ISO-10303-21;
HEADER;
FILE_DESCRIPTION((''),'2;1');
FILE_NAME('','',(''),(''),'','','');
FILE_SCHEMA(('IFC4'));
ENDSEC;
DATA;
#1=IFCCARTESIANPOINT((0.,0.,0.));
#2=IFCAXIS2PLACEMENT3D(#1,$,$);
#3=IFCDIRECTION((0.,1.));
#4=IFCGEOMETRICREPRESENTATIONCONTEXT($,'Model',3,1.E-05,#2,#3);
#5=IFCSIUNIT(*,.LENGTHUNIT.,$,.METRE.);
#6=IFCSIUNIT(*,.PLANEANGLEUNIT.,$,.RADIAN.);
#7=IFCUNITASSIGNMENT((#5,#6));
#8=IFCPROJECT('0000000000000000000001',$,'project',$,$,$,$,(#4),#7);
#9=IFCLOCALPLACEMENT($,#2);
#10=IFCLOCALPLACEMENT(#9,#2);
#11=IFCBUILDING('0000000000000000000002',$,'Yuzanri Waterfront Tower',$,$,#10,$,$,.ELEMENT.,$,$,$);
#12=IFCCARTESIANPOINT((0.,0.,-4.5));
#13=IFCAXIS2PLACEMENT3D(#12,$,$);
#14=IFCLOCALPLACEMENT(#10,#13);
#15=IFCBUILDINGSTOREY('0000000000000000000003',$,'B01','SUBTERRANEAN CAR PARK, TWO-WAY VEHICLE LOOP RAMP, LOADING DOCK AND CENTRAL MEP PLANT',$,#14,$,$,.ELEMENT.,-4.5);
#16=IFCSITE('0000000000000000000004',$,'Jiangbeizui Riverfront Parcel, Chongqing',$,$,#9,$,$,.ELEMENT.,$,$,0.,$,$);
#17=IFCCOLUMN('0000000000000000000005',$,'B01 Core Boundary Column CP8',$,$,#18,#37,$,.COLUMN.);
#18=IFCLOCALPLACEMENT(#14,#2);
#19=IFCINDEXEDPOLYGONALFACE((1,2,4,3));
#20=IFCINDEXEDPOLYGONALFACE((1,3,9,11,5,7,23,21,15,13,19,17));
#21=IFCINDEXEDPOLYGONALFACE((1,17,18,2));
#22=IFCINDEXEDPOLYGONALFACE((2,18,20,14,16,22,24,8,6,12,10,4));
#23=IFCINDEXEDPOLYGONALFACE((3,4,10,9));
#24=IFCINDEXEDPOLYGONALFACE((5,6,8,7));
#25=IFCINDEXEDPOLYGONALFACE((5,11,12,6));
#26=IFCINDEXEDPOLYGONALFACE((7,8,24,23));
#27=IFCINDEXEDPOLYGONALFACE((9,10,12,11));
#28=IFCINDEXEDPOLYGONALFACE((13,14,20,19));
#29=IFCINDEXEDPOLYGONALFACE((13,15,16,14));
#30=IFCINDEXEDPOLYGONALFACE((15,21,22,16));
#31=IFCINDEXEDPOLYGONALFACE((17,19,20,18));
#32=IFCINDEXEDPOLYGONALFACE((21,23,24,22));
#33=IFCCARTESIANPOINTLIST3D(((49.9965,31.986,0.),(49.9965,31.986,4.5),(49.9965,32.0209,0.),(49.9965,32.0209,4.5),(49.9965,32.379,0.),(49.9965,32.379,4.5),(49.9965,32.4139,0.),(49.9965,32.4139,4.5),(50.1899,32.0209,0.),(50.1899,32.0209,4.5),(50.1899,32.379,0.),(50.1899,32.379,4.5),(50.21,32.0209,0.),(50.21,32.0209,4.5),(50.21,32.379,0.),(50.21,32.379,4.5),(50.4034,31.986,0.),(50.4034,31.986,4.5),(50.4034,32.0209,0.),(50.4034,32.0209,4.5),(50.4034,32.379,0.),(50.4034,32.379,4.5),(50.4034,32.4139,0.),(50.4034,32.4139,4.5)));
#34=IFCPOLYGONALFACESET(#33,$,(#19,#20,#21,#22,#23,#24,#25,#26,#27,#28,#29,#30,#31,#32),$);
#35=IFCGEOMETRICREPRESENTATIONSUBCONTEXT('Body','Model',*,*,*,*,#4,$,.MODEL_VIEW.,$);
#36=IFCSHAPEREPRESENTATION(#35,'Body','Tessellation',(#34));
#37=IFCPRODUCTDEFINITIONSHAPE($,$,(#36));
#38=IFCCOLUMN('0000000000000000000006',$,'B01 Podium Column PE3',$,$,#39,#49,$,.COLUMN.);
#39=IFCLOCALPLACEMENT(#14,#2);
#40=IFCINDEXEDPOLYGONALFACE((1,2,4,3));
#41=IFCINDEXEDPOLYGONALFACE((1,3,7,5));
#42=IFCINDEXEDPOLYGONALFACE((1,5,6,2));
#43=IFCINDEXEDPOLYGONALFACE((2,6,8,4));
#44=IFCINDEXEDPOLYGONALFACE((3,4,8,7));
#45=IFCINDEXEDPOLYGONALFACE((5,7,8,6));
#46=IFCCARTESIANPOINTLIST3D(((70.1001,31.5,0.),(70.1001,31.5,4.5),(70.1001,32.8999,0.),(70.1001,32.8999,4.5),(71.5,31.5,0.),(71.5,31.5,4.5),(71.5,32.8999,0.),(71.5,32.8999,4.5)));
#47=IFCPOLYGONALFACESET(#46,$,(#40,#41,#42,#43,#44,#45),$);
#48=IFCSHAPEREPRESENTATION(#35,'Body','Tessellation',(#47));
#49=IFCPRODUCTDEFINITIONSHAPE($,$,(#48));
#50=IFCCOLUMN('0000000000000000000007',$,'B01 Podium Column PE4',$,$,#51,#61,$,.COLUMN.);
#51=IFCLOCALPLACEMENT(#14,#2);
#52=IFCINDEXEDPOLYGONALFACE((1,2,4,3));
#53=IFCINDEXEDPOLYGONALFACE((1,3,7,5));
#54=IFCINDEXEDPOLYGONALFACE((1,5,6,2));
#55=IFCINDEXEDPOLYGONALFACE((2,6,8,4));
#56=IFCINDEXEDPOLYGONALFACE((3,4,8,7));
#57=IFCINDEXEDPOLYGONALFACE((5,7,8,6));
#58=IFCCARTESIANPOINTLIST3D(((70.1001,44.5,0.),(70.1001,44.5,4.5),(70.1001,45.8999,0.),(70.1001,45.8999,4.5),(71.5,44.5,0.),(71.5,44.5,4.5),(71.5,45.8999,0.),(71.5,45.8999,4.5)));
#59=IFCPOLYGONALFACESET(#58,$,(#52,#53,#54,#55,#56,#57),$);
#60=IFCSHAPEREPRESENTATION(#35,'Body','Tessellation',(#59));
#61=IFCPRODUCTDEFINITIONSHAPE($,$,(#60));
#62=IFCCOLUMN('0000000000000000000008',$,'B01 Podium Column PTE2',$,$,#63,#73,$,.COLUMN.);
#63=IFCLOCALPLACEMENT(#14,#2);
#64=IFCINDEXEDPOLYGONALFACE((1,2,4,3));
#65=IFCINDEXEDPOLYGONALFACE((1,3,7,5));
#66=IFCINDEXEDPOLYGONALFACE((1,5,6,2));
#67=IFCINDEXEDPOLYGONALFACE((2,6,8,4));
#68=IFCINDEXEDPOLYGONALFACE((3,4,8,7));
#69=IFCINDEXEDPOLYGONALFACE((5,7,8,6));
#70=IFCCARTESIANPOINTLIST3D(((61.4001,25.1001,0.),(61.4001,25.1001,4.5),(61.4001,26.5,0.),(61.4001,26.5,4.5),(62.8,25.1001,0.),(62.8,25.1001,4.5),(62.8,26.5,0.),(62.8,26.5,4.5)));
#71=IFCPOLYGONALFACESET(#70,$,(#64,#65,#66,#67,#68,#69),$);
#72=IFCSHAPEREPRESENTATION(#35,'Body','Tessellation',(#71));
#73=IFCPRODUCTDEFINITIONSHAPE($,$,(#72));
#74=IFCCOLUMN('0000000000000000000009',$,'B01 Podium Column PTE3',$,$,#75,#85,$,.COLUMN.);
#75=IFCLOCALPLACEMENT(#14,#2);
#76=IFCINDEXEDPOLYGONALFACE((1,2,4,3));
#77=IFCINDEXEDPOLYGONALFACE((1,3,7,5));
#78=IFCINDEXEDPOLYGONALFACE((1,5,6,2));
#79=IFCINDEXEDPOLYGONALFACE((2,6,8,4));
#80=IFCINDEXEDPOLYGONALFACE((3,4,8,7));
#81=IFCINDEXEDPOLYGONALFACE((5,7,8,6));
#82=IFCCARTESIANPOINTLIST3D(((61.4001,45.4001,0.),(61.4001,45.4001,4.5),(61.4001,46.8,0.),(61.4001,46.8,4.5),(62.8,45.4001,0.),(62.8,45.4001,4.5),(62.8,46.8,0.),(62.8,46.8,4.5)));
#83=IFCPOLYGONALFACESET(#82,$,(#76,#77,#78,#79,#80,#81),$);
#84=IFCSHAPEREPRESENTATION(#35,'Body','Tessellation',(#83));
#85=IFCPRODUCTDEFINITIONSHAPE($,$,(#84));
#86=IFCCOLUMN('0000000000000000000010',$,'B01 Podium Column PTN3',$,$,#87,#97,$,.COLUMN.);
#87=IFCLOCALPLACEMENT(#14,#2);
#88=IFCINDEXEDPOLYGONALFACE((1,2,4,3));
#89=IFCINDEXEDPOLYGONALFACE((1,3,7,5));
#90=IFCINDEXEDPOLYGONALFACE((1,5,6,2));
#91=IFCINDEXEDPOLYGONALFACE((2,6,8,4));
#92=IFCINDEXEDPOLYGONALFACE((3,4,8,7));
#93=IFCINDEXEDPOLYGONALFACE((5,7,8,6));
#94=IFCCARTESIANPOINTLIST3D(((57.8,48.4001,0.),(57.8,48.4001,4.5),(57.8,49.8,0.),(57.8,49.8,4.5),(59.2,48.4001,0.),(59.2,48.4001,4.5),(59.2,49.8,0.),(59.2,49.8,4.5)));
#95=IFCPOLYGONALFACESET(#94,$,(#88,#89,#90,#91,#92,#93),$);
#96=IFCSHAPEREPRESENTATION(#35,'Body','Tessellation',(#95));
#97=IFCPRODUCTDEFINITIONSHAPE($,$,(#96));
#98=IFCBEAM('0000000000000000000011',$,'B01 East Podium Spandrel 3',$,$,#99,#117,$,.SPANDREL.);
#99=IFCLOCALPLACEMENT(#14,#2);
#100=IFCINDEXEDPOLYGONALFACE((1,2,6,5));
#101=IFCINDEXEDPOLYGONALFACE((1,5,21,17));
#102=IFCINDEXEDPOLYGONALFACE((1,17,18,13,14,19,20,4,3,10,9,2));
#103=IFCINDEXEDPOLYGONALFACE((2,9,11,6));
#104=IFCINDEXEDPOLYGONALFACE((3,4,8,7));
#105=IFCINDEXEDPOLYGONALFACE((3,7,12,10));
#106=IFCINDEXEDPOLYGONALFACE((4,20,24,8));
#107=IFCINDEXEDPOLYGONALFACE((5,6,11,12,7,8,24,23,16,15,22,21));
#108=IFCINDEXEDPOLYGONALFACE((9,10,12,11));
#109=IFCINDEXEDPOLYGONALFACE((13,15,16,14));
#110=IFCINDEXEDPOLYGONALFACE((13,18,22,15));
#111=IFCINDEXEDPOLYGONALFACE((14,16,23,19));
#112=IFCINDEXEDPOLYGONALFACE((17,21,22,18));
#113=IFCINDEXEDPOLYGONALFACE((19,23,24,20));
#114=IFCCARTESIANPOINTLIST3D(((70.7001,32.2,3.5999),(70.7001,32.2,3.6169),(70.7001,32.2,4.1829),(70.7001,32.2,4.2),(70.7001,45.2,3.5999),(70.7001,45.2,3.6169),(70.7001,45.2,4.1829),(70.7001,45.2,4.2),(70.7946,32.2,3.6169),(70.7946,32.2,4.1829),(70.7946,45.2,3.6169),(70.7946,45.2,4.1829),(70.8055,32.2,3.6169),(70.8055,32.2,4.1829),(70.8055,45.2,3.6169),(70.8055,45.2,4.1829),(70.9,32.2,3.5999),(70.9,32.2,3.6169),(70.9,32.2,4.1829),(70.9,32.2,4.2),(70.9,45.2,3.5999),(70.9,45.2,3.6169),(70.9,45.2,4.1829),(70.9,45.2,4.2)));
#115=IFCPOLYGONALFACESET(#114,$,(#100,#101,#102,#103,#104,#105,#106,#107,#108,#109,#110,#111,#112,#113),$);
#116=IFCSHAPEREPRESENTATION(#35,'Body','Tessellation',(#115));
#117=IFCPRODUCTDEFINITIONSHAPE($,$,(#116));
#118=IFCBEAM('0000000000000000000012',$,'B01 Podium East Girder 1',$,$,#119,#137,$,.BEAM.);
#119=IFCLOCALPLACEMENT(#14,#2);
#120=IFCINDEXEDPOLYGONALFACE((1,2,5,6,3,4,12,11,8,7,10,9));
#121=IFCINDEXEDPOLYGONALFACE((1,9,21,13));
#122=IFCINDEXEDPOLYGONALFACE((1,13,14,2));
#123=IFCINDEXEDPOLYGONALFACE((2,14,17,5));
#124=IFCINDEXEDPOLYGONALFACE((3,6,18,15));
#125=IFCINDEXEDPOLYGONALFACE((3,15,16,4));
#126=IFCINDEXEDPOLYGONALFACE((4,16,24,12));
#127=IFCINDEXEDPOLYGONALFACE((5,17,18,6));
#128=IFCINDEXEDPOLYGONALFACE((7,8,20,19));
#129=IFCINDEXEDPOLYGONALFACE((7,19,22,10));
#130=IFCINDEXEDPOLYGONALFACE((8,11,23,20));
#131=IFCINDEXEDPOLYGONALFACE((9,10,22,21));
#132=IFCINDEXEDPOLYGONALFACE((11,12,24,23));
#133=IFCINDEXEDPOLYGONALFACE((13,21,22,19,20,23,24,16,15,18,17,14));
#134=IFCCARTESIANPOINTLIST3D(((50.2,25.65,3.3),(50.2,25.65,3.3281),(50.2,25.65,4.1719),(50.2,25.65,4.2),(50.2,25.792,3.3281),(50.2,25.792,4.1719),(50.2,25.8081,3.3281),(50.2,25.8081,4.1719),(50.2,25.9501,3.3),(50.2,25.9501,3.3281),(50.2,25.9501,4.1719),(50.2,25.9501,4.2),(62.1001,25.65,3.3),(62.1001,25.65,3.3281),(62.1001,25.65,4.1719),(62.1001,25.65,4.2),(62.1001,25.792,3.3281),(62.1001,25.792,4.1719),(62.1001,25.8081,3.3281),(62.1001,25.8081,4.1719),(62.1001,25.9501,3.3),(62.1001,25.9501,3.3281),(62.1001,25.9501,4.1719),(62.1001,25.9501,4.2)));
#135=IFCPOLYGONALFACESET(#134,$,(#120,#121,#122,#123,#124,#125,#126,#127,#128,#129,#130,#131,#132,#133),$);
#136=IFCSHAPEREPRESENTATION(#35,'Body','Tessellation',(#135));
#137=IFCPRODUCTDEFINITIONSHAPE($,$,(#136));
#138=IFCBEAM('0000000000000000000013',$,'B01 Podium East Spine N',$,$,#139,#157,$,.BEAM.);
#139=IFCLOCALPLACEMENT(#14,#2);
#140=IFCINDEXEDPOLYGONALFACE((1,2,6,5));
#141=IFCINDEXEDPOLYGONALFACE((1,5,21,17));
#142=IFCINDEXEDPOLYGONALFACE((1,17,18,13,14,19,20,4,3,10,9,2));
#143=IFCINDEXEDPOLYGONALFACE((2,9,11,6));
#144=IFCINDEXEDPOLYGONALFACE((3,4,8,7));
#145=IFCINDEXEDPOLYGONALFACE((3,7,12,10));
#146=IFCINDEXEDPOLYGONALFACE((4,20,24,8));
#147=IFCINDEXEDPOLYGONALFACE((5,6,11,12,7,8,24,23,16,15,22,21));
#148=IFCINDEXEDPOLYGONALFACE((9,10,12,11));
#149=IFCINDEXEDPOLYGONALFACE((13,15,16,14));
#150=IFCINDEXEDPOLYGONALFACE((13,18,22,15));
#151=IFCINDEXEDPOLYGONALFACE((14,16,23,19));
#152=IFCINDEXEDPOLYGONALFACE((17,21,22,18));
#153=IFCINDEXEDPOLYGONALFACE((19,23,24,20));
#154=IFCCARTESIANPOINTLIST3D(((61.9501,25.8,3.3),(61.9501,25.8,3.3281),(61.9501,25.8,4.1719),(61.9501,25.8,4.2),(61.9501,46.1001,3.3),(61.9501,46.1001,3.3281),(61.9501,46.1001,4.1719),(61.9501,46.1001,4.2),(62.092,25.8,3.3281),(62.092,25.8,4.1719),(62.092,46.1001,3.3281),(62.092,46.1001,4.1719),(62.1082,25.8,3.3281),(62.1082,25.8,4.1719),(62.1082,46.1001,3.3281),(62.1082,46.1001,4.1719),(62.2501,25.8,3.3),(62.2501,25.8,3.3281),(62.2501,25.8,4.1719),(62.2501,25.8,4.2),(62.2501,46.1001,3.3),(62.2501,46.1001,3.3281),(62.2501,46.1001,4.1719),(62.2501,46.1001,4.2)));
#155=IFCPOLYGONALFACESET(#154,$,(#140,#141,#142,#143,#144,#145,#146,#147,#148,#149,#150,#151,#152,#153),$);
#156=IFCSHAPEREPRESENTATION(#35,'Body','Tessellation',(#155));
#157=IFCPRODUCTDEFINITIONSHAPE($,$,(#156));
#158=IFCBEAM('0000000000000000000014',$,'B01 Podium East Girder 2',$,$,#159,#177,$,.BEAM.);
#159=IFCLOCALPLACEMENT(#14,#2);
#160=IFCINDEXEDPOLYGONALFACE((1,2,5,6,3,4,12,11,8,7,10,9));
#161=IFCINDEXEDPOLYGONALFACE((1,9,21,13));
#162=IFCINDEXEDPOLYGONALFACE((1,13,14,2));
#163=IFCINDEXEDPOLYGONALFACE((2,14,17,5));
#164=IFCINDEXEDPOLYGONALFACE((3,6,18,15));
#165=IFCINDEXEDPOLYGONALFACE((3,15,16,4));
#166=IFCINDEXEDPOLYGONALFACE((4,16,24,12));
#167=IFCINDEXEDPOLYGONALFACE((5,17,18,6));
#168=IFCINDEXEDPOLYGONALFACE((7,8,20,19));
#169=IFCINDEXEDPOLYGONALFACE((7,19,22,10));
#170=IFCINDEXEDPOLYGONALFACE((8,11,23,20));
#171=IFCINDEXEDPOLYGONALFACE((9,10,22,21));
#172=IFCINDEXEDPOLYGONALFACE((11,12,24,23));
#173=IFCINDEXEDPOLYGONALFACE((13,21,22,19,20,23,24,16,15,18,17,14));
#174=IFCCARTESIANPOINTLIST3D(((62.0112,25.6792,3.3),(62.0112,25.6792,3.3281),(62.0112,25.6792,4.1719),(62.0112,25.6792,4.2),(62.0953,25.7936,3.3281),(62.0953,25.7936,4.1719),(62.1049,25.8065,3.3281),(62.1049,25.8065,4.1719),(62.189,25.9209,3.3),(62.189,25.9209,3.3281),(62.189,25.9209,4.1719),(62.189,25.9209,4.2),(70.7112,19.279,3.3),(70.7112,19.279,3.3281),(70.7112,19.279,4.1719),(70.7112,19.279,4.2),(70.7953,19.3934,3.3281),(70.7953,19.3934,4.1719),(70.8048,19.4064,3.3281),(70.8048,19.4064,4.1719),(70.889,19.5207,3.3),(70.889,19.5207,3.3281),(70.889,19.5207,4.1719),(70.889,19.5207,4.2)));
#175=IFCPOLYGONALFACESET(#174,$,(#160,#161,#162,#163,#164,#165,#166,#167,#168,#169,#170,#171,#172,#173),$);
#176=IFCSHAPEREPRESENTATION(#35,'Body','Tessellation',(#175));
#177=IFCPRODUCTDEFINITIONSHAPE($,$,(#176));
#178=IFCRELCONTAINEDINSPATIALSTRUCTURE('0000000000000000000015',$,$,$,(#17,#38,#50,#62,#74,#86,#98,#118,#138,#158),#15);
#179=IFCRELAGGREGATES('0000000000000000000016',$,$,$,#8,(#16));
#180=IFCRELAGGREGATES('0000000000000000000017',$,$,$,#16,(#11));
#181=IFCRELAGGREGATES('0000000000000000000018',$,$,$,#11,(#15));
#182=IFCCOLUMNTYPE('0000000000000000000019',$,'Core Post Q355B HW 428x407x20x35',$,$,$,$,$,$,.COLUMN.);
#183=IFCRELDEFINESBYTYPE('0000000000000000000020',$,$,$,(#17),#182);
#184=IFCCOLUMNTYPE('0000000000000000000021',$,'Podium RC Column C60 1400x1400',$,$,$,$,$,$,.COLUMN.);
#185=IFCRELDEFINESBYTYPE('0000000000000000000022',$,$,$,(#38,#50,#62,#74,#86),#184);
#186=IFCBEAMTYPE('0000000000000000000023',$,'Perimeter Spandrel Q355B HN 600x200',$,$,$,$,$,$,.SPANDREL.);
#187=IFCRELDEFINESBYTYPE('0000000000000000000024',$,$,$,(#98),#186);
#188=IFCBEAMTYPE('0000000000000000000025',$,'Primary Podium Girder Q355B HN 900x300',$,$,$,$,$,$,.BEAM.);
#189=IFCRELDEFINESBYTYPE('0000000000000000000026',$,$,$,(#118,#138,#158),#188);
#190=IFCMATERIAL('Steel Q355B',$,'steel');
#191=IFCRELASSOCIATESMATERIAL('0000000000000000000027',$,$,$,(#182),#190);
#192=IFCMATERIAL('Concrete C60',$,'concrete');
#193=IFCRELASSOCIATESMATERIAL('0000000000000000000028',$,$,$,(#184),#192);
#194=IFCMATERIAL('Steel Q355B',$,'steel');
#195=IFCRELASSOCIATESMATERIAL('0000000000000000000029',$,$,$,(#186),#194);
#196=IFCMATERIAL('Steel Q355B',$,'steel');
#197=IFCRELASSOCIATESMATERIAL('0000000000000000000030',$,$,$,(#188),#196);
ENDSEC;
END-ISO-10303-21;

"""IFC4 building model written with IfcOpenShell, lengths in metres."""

from ifc_helpers import new_model, si_unit, direction, frame, origin, origin_2d, place, context, subcontext, project, spatial, rectangle, i_section, extrude, source, transform, mapped, material, material_profile, profile_set, type_object, element, save


model = new_model("IFC4")

# Units and contexts
model_context = context("Model", 3, precision=1e-05, world=origin(), true_north=direction((0.0, 1.0)))
body_context = subcontext(model_context, "Body", "Model", "MODEL_VIEW")
ifc_project = project(units=[si_unit("LENGTHUNIT", "METRE"), si_unit("PLANEANGLEUNIT", "RADIAN")], contexts=[model_context])

# Site, building, storey
site_placement = place(None, origin())
site = spatial("IfcSite", under=ifc_project, at=site_placement, Name="Jiangbeizui Riverfront Parcel, Chongqing", CompositionType="ELEMENT", RefElevation=0.0)
building_placement = place(site_placement, origin())
building = spatial("IfcBuilding", under=site, at=building_placement, Name="Yuzanri Waterfront Tower", CompositionType="ELEMENT")
storey_placement = place(building_placement, frame((0.0, 0.0, -4.5)))
storey = spatial("IfcBuildingStorey", under=building, at=storey_placement, Name="B01", Description="SUBTERRANEAN CAR PARK, TWO-WAY VEHICLE LOOP RAMP, LOADING DOCK AND CENTRAL MEP PLANT", CompositionType="ELEMENT", Elevation=-4.5)

# Columns
ifc_material_1 = material(Name="Steel Q355B", Category="steel")
ifc_material_profile_1 = material_profile(ifc_material_1, i_section(OverallWidth=0.407, OverallDepth=0.428, WebThickness=0.02, FlangeThickness=0.0349, at=origin_2d()), Name="HW 428x407x20x35")
ifc_profile_set_1 = profile_set([ifc_material_profile_1], Name="Steel Q355B")
column_type_1 = type_object("IfcColumnType", Name="Core Post Q355B HW 428x407x20x35", PredefinedType="COLUMN", material=ifc_profile_set_1)
shared_shape_1 = source(origin(), body_context, "Body", "SweptSolid", [
    extrude(i_section(OverallWidth=0.407, OverallDepth=0.428, WebThickness=0.02, FlangeThickness=0.0349, at=origin_2d()), origin(), (0.0, 0.0, 1.0), 4.5),
])
column_placement = place(storey_placement, frame((50.2, 32.2, 0.0), z_axis=(0.0, 0.0, 1.0), x_axis=(1.0, 0.0, 0.0)))
element("IfcColumn", 1, at=column_placement, inside=storey, type_object=column_type_1, Name="B01 Core Boundary Column CP8", PredefinedType="COLUMN", context=body_context, shape_type="MappedRepresentation", body=[
    mapped(shared_shape_1, transform((0.0, 0.0, 0.0), scale=1.0)),
])
ifc_material_2 = material(Name="Concrete C60", Category="concrete")
ifc_material_profile_2 = material_profile(ifc_material_2, rectangle(XDim=1.3999, YDim=1.3999, at=origin_2d()), Name="RC 1400x1400")
ifc_profile_set_2 = profile_set([ifc_material_profile_2], Name="Concrete C60")
column_type_2 = type_object("IfcColumnType", Name="Podium RC Column C60 1400x1400", PredefinedType="COLUMN", material=ifc_profile_set_2)
shared_shape_2 = source(origin(), body_context, "Body", "SweptSolid", [
    extrude(rectangle(XDim=1.3999, YDim=1.3999, at=origin_2d()), origin(), (0.0, 0.0, 1.0), 4.5),
])
for number, where, z_axis, x_axis, name in (
    (2, (70.8, 32.2, 0.0), (0.0, 0.0, 1.0), (1.0, 0.0, 0.0), "B01 Podium Column PE3"),
    (3, (70.8, 45.2, 0.0), (0.0, 0.0, 1.0), (1.0, 0.0, 0.0), "B01 Podium Column PE4"),
    (4, (62.1001, 25.8, 0.0), (0.0, 0.0, 1.0), (1.0, 0.0, 0.0), "B01 Podium Column PTE2"),
    (5, (62.1001, 46.1001, 0.0), (0.0, 0.0, 1.0), (1.0, 0.0, 0.0), "B01 Podium Column PTE3"),
    (6, (58.5, 49.1001, 0.0), (0.0, 0.0, 1.0), (1.0, 0.0, 0.0), "B01 Podium Column PTN3"),
):
    element("IfcColumn", number, at=place(storey_placement, frame(where, z_axis=z_axis, x_axis=x_axis)), inside=storey, type_object=column_type_2, Name=name, PredefinedType="COLUMN", context=body_context, shape_type="MappedRepresentation", body=[
        mapped(shared_shape_2, transform((0.0, 0.0, 0.0), scale=1.0)),
    ])

# Beams
ifc_material_3 = material(Name="Steel Q355B", Category="steel")
ifc_material_profile_3 = material_profile(ifc_material_3, i_section(OverallWidth=0.2, OverallDepth=0.6001, WebThickness=0.011, FlangeThickness=0.0171, at=origin_2d()), Name="HN 600x200x11x17")
ifc_profile_set_3 = profile_set([ifc_material_profile_3], Name="Steel Q355B")
beam_type_1 = type_object("IfcBeamType", Name="Perimeter Spandrel Q355B HN 600x200", PredefinedType="SPANDREL", material=ifc_profile_set_3)
shared_shape_3 = source(origin(), body_context, "Body", "SweptSolid", [
    extrude(i_section(OverallWidth=0.2, OverallDepth=0.6001, WebThickness=0.011, FlangeThickness=0.0171, at=origin_2d()), origin(), (0.0, 0.0, 1.0), 13.0),
])
beam_1_placement = place(storey_placement, frame((70.8, 32.2, 3.8999), z_axis=(0.0, 1.0, 0.0), x_axis=(-1.0, 0.0, 0.0)))
element("IfcBeam", 7, at=beam_1_placement, inside=storey, type_object=beam_type_1, Name="B01 East Podium Spandrel 3", PredefinedType="SPANDREL", context=body_context, shape_type="MappedRepresentation", body=[
    mapped(shared_shape_3, transform((0.0, 0.0, 0.0), scale=1.0)),
])
ifc_material_4 = material(Name="Steel Q355B", Category="steel")
ifc_material_profile_4 = material_profile(ifc_material_4, i_section(OverallWidth=0.3, OverallDepth=0.8999, WebThickness=0.0161, FlangeThickness=0.0281, at=origin_2d()), Name="HN 900x300x16x28")
ifc_profile_set_4 = profile_set([ifc_material_profile_4], Name="Steel Q355B")
beam_type_2 = type_object("IfcBeamType", Name="Primary Podium Girder Q355B HN 900x300", PredefinedType="BEAM", material=ifc_profile_set_4)
shared_shape_4 = source(origin(), body_context, "Body", "SweptSolid", [
    extrude(i_section(OverallWidth=0.3, OverallDepth=0.8999, WebThickness=0.0161, FlangeThickness=0.0281, at=origin_2d()), origin(), (0.0, 0.0, 1.0), 11.9001),
])
beam_2_placement = place(storey_placement, frame((50.2, 25.8, 3.75), z_axis=(1.0, 0.0, 0.0), x_axis=(0.0, 1.0, 0.0)))
element("IfcBeam", 8, at=beam_2_placement, inside=storey, type_object=beam_type_2, Name="B01 Podium East Girder 1", PredefinedType="BEAM", context=body_context, shape_type="MappedRepresentation", body=[
    mapped(shared_shape_4, transform((0.0, 0.0, 0.0), scale=1.0)),
])
shared_shape_5 = source(origin(), body_context, "Body", "SweptSolid", [
    extrude(i_section(OverallWidth=0.3, OverallDepth=0.8999, WebThickness=0.0161, FlangeThickness=0.0281, at=origin_2d()), origin(), (0.0, 0.0, 1.0), 20.3),
])
beam_3_placement = place(storey_placement, frame((62.1001, 25.8, 3.75), z_axis=(0.0, 1.0, 0.0), x_axis=(-1.0, 0.0, 0.0)))
element("IfcBeam", 9, at=beam_3_placement, inside=storey, type_object=beam_type_2, Name="B01 Podium East Spine N", PredefinedType="BEAM", context=body_context, shape_type="MappedRepresentation", body=[
    mapped(shared_shape_5, transform((0.0, 0.0, 0.0), scale=1.0)),
])
shared_shape_6 = source(origin(), body_context, "Body", "SweptSolid", [
    extrude(i_section(OverallWidth=0.3, OverallDepth=0.8999, WebThickness=0.0161, FlangeThickness=0.0281, at=origin_2d()), origin(), (0.0, 0.0, 1.0), 10.8005),
])
beam_4_placement = place(storey_placement, frame((62.1001, 25.8, 3.75), z_axis=(0.805513, -0.592578, 0.0), x_axis=(0.592578, 0.805513, 0.0)))
element("IfcBeam", 10, at=beam_4_placement, inside=storey, type_object=beam_type_2, Name="B01 Podium East Girder 2", PredefinedType="BEAM", context=body_context, shape_type="MappedRepresentation", body=[
    mapped(shared_shape_6, transform((0.0, 0.0, 0.0), scale=1.0)),
])

save(model, "model.ifc")
